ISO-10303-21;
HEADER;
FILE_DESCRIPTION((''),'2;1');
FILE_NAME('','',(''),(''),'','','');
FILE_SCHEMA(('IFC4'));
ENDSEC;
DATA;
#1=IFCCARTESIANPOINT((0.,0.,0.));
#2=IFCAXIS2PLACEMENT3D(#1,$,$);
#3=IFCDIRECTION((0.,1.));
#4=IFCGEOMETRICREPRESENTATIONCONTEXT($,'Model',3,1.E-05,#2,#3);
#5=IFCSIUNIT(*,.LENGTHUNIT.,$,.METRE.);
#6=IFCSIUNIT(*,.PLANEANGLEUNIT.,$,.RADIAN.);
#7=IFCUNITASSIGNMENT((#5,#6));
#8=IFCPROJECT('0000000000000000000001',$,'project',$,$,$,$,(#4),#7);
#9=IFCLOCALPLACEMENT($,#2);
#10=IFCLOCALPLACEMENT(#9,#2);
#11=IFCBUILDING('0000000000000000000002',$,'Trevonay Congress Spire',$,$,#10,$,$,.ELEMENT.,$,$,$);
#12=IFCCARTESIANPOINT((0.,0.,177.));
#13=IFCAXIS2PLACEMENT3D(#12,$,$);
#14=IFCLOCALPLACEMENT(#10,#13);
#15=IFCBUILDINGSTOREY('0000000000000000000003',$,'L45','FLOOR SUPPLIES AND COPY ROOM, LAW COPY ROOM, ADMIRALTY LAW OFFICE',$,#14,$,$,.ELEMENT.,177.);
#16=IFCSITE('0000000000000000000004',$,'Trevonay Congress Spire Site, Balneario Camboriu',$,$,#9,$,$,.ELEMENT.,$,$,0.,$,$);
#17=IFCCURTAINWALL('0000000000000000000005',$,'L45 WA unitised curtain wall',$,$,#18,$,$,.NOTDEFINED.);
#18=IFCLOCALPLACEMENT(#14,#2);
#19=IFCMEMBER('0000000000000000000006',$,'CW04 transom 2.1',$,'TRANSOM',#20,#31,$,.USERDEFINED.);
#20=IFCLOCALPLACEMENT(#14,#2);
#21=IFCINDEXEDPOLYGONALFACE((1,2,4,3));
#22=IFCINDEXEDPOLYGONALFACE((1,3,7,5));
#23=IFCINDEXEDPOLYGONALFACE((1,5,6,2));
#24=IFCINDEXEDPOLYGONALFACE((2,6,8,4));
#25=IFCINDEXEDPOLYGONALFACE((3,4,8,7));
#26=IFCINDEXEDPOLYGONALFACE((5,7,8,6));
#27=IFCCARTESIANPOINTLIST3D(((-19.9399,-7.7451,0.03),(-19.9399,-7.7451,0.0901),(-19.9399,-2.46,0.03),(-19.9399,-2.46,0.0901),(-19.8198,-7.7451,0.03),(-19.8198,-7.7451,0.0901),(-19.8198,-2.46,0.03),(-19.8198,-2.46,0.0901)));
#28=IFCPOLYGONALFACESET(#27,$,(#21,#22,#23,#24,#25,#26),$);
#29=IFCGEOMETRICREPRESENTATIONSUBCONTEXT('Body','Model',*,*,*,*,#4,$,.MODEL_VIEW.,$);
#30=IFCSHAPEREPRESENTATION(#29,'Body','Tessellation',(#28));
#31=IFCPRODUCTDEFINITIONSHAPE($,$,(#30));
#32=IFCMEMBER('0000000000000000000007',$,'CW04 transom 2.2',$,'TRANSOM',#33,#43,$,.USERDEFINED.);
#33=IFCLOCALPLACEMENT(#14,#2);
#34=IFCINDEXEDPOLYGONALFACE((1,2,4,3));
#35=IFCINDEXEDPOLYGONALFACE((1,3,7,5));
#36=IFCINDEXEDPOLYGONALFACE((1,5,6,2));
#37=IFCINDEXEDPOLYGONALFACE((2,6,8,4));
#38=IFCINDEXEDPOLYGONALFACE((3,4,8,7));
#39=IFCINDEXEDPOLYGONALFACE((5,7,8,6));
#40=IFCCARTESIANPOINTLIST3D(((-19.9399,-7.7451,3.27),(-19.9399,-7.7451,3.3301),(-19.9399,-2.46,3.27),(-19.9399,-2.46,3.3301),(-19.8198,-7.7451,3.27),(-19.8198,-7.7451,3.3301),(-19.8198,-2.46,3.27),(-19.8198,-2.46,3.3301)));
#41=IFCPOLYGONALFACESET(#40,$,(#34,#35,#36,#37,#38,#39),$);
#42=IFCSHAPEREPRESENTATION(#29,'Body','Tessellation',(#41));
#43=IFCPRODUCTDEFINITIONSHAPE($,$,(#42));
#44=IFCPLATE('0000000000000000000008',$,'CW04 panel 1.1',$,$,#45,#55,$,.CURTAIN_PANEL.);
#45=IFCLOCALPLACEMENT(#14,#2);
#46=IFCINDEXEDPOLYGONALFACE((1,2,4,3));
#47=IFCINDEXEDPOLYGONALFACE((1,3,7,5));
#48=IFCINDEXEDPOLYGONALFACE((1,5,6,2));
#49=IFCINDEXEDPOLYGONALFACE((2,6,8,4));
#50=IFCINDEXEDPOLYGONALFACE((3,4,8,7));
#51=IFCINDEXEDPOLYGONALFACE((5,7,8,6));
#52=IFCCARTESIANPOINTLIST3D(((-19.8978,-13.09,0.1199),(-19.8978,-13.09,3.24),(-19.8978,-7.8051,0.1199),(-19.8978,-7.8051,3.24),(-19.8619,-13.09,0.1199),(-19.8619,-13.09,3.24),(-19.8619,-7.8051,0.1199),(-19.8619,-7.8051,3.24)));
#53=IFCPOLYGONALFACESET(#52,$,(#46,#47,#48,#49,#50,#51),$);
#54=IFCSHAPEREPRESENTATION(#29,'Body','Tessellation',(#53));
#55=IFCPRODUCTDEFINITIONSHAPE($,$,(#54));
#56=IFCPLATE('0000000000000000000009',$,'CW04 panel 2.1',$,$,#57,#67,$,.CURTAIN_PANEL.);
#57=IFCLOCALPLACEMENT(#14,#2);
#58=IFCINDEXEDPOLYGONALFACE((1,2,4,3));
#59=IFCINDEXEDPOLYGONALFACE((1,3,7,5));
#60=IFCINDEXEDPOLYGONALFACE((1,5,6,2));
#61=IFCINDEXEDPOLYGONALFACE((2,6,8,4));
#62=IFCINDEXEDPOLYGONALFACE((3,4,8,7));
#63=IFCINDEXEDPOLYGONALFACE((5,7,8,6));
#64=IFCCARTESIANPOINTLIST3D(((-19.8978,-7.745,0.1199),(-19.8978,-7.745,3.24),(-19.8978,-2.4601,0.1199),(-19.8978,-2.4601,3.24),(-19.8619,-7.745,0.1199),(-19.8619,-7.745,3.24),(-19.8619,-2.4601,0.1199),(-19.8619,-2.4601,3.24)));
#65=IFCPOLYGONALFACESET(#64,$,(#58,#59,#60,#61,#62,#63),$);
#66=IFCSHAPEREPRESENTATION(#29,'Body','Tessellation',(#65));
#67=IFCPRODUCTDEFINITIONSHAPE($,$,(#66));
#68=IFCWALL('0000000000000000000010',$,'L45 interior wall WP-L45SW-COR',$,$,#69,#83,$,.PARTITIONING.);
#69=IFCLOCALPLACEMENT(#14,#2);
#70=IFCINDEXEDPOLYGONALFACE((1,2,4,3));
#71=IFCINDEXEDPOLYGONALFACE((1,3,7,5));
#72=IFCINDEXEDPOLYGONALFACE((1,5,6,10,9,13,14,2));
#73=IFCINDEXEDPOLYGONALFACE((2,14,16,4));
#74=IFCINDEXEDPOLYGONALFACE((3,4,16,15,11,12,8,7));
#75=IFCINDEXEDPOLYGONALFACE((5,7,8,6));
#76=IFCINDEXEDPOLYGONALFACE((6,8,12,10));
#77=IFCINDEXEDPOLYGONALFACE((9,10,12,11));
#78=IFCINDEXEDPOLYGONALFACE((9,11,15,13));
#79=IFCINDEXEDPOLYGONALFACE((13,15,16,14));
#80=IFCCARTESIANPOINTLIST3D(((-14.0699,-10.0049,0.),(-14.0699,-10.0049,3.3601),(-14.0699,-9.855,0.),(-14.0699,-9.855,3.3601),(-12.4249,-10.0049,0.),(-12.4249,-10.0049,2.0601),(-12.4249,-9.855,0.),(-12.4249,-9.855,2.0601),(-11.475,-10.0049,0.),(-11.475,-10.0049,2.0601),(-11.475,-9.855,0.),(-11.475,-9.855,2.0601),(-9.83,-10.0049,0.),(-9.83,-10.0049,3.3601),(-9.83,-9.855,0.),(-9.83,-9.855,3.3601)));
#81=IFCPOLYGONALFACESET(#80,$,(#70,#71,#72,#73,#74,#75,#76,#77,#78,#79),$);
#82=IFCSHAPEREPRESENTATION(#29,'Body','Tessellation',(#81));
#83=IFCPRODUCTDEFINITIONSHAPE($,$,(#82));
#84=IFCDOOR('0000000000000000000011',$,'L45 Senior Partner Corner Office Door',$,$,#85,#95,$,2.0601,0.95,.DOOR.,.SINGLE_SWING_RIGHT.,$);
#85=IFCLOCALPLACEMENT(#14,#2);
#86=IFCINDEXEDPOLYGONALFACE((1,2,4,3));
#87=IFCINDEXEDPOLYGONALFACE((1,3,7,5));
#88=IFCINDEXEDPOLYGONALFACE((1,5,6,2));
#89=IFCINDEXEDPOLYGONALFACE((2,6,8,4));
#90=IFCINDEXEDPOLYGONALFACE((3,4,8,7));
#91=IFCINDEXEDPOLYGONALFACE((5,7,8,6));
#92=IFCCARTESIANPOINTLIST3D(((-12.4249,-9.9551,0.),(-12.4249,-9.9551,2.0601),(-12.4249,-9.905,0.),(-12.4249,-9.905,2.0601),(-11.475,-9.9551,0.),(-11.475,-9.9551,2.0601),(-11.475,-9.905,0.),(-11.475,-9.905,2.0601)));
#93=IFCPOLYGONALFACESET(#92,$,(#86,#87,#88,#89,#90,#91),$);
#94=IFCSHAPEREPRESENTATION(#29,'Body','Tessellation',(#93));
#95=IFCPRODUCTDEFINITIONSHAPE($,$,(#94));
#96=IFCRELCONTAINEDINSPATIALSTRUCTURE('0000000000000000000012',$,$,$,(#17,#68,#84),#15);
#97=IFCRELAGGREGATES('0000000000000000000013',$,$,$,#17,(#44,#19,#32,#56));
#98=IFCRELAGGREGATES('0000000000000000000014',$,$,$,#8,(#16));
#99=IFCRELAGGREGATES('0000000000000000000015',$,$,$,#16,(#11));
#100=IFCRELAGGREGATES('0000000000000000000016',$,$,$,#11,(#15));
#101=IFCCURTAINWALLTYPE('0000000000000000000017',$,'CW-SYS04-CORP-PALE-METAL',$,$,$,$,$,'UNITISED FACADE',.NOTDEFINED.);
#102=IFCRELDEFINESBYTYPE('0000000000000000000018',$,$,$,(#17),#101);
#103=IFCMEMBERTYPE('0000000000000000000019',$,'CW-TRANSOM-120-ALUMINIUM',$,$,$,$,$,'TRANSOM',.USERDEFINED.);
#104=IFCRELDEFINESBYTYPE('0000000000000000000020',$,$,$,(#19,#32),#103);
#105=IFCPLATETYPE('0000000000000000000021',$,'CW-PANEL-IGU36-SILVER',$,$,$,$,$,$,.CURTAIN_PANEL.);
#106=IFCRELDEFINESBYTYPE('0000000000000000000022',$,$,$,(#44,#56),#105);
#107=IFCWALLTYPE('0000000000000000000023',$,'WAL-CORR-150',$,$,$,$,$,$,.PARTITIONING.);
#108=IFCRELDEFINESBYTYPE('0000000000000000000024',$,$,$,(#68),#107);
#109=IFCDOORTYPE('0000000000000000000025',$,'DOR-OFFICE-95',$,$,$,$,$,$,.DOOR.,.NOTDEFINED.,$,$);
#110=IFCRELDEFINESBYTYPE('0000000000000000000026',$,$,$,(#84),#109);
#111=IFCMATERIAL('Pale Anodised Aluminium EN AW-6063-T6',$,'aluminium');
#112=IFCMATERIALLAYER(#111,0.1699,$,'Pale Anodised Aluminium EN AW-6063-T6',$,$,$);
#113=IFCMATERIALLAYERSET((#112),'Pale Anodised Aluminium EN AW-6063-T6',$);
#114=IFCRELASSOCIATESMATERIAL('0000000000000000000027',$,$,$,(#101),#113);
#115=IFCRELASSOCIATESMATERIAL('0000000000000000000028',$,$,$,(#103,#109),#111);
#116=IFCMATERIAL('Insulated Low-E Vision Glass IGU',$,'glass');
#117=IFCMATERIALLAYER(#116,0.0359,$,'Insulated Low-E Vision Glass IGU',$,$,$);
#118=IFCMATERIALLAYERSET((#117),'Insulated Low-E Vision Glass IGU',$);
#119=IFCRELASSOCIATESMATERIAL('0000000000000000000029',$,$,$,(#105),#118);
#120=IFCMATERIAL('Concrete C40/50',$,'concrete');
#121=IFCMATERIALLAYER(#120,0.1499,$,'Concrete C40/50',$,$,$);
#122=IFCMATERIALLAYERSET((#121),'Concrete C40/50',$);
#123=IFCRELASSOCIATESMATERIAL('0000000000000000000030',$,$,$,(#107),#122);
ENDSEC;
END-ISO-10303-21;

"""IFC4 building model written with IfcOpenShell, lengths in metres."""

from ifc_helpers import new_model, si_unit, direction, frame, frame_2d, origin, origin_2d, place, context, subcontext, project, spatial, rectangle, extrude, material, layer, layer_set, material_profile, profile_set, type_object, element, fill, aggregate, save


model = new_model("IFC4")

# Units and contexts
model_context = context("Model", 3, precision=1e-05, world=origin(), true_north=direction((0.0, 1.0)))
body_context = subcontext(model_context, "Body", "Model", "MODEL_VIEW")
ifc_project = project(units=[si_unit("LENGTHUNIT", "METRE"), si_unit("PLANEANGLEUNIT", "RADIAN")], contexts=[model_context])

# Site, building, storey
site_placement = place(None, origin())
site = spatial("IfcSite", under=ifc_project, at=site_placement, Name="Trevonay Congress Spire Site, Balneario Camboriu", CompositionType="ELEMENT", RefElevation=0.0)
building_placement = place(site_placement, origin())
building = spatial("IfcBuilding", under=site, at=building_placement, Name="Trevonay Congress Spire", CompositionType="ELEMENT")
storey_placement = place(building_placement, frame((0.0, 0.0, 177.0)))
storey = spatial("IfcBuildingStorey", under=building, at=storey_placement, Name="L45", Description="FLOOR SUPPLIES AND COPY ROOM, LAW COPY ROOM, ADMIRALTY LAW OFFICE", CompositionType="ELEMENT", Elevation=177.0)

# Curtain wall, members, plates
ifc_material_1 = material(Name="Pale Anodised Aluminium EN AW-6063-T6", Category="aluminium")
ifc_layer_1 = layer(ifc_material_1, 0.1699, Name="Pale Anodised Aluminium EN AW-6063-T6")
ifc_layer_set_1 = layer_set([ifc_layer_1], Name="Pale Anodised Aluminium EN AW-6063-T6")
curtain_wall_type = type_object("IfcCurtainWallType", Name="CW-SYS04-CORP-PALE-METAL", ElementType="UNITISED FACADE", PredefinedType="NOTDEFINED", material=ifc_layer_set_1)
curtain_wall_placement = place(storey_placement, origin())
curtain_wall = element("IfcCurtainWall", 1, at=curtain_wall_placement, inside=storey, type_object=curtain_wall_type, Name="L45 WA unitised curtain wall", PredefinedType="NOTDEFINED")
ifc_material_profile_1 = material_profile(ifc_material_1, rectangle(XDim=0.1201, YDim=0.0601, at=origin_2d()), Name="CW-TRANSOM-120-ALUMINIUM")
ifc_profile_set_1 = profile_set([ifc_material_profile_1], Name="Pale Anodised Aluminium EN AW-6063-T6")
member_type_1 = type_object("IfcMemberType", Name="CW-TRANSOM-120-ALUMINIUM", ElementType="TRANSOM", PredefinedType="USERDEFINED", material=ifc_profile_set_1)
member_1_placement = place(storey_placement, frame((-19.8799, -7.7451, 0.0601), z_axis=(0.0, 1.0, 0.0), x_axis=(-1.0, 0.0, 0.0)))
member_1 = element("IfcMember", 2, at=member_1_placement, type_object=member_type_1, Name="CW04 transom 2.1", ObjectType="TRANSOM", PredefinedType="USERDEFINED", context=body_context, shape_type="SweptSolid", body=[
    extrude(rectangle(XDim=0.1201, YDim=0.0601, at=origin_2d()), origin(), (0.0, 0.0, 1.0), 5.2852),
])
member_2_placement = place(storey_placement, frame((-19.8799, -7.7451, 3.3), z_axis=(0.0, 1.0, 0.0), x_axis=(-1.0, 0.0, 0.0)))
member_2 = element("IfcMember", 3, at=member_2_placement, type_object=member_type_1, Name="CW04 transom 2.2", ObjectType="TRANSOM", PredefinedType="USERDEFINED", context=body_context, shape_type="SweptSolid", body=[
    extrude(rectangle(XDim=0.1201, YDim=0.0601, at=origin_2d()), origin(), (0.0, 0.0, 1.0), 5.2852),
])
ifc_material_2 = material(Name="Insulated Low-E Vision Glass IGU", Category="glass")
ifc_layer_2 = layer(ifc_material_2, 0.0359, Name="Insulated Low-E Vision Glass IGU")
ifc_layer_set_2 = layer_set([ifc_layer_2], Name="Insulated Low-E Vision Glass IGU")
plate_type = type_object("IfcPlateType", Name="CW-PANEL-IGU36-SILVER", PredefinedType="CURTAIN_PANEL", material=ifc_layer_set_2)
plate_1_placement = place(storey_placement, frame((-19.8799, -10.4475, 0.1199), z_axis=(0.0, 0.0, 1.0), x_axis=(0.0, 1.0, 0.0)))
plate_1 = element("IfcPlate", 4, at=plate_1_placement, type_object=plate_type, Name="CW04 panel 1.1", PredefinedType="CURTAIN_PANEL", context=body_context, shape_type="SweptSolid", body=[
    extrude(rectangle(XDim=5.2849, YDim=0.0359, at=origin_2d()), origin(), (0.0, 0.0, 1.0), 3.1201),
])
plate_2_placement = place(storey_placement, frame((-19.8799, -5.1025, 0.1199), z_axis=(0.0, 0.0, 1.0), x_axis=(0.0, 1.0, 0.0)))
plate_2 = element("IfcPlate", 5, at=plate_2_placement, type_object=plate_type, Name="CW04 panel 2.1", PredefinedType="CURTAIN_PANEL", context=body_context, shape_type="SweptSolid", body=[
    extrude(rectangle(XDim=5.2849, YDim=0.0359, at=origin_2d()), origin(), (0.0, 0.0, 1.0), 3.1201),
])
aggregate(curtain_wall, [plate_1, member_1, member_2, plate_2])

# Wall, opening, door
ifc_material_3 = material(Name="Concrete C40/50", Category="concrete")
ifc_layer_3 = layer(ifc_material_3, 0.1499, Name="Concrete C40/50")
ifc_layer_set_3 = layer_set([ifc_layer_3], Name="Concrete C40/50")
wall_type_1 = type_object("IfcWallType", Name="WAL-CORR-150", PredefinedType="PARTITIONING", material=ifc_layer_set_3)
wall_1_placement = place(storey_placement, frame((-14.0701, -9.9299, 0.0), z_axis=(0.0, 0.0, 1.0), x_axis=(1.0, 0.0, 0.0)))
wall_1 = element("IfcWall", 6, at=wall_1_placement, inside=storey, type_object=wall_type_1, Name="L45 interior wall WP-L45SW-COR", PredefinedType="PARTITIONING", context=body_context, shape_type="SweptSolid", body=[
    extrude(rectangle(XDim=4.24, YDim=0.1499, at=frame_2d((2.1201, 0.0))), origin(), (0.0, 0.0, 1.0), 3.3601),
])
opening_1_placement = place(wall_1_placement, frame((1.645, 0.0, 0.0)))
opening_1 = element("IfcOpeningElement", 7, at=opening_1_placement, cuts=wall_1, PredefinedType="OPENING", context=body_context, shape_type="SweptSolid", body=[
    extrude(rectangle(XDim=0.95, YDim=2.0601, at=frame_2d((0.4751, 1.03))), frame((0.0, 0.085, 0.0), z_axis=(0.0, -1.0, 0.0), x_axis=(1.0, 0.0, 0.0)), (0.0, 0.0, 1.0), 0.1699),
])
door_type_1 = type_object("IfcDoorType", Name="DOR-OFFICE-95", OperationType="NOTDEFINED", PredefinedType="DOOR", material=ifc_material_1)
door_1_placement = place(opening_1_placement, origin())
door_1 = element("IfcDoor", 8, at=door_1_placement, inside=storey, type_object=door_type_1, Name="L45 Senior Partner Corner Office Door", OperationType="SINGLE_SWING_RIGHT", OverallHeight=2.0601, OverallWidth=0.95, PredefinedType="DOOR", context=body_context, shape_type="SweptSolid", body=[
    extrude(rectangle(XDim=0.95, YDim=2.0601, at=frame_2d((0.4751, 1.03))), frame((0.0, 0.0249, 0.0), z_axis=(0.0, -1.0, 0.0), x_axis=(1.0, 0.0, 0.0)), (0.0, 0.0, 1.0), 0.05),
])
fill(opening_1, door_1)

save(model, "model.ifc")
